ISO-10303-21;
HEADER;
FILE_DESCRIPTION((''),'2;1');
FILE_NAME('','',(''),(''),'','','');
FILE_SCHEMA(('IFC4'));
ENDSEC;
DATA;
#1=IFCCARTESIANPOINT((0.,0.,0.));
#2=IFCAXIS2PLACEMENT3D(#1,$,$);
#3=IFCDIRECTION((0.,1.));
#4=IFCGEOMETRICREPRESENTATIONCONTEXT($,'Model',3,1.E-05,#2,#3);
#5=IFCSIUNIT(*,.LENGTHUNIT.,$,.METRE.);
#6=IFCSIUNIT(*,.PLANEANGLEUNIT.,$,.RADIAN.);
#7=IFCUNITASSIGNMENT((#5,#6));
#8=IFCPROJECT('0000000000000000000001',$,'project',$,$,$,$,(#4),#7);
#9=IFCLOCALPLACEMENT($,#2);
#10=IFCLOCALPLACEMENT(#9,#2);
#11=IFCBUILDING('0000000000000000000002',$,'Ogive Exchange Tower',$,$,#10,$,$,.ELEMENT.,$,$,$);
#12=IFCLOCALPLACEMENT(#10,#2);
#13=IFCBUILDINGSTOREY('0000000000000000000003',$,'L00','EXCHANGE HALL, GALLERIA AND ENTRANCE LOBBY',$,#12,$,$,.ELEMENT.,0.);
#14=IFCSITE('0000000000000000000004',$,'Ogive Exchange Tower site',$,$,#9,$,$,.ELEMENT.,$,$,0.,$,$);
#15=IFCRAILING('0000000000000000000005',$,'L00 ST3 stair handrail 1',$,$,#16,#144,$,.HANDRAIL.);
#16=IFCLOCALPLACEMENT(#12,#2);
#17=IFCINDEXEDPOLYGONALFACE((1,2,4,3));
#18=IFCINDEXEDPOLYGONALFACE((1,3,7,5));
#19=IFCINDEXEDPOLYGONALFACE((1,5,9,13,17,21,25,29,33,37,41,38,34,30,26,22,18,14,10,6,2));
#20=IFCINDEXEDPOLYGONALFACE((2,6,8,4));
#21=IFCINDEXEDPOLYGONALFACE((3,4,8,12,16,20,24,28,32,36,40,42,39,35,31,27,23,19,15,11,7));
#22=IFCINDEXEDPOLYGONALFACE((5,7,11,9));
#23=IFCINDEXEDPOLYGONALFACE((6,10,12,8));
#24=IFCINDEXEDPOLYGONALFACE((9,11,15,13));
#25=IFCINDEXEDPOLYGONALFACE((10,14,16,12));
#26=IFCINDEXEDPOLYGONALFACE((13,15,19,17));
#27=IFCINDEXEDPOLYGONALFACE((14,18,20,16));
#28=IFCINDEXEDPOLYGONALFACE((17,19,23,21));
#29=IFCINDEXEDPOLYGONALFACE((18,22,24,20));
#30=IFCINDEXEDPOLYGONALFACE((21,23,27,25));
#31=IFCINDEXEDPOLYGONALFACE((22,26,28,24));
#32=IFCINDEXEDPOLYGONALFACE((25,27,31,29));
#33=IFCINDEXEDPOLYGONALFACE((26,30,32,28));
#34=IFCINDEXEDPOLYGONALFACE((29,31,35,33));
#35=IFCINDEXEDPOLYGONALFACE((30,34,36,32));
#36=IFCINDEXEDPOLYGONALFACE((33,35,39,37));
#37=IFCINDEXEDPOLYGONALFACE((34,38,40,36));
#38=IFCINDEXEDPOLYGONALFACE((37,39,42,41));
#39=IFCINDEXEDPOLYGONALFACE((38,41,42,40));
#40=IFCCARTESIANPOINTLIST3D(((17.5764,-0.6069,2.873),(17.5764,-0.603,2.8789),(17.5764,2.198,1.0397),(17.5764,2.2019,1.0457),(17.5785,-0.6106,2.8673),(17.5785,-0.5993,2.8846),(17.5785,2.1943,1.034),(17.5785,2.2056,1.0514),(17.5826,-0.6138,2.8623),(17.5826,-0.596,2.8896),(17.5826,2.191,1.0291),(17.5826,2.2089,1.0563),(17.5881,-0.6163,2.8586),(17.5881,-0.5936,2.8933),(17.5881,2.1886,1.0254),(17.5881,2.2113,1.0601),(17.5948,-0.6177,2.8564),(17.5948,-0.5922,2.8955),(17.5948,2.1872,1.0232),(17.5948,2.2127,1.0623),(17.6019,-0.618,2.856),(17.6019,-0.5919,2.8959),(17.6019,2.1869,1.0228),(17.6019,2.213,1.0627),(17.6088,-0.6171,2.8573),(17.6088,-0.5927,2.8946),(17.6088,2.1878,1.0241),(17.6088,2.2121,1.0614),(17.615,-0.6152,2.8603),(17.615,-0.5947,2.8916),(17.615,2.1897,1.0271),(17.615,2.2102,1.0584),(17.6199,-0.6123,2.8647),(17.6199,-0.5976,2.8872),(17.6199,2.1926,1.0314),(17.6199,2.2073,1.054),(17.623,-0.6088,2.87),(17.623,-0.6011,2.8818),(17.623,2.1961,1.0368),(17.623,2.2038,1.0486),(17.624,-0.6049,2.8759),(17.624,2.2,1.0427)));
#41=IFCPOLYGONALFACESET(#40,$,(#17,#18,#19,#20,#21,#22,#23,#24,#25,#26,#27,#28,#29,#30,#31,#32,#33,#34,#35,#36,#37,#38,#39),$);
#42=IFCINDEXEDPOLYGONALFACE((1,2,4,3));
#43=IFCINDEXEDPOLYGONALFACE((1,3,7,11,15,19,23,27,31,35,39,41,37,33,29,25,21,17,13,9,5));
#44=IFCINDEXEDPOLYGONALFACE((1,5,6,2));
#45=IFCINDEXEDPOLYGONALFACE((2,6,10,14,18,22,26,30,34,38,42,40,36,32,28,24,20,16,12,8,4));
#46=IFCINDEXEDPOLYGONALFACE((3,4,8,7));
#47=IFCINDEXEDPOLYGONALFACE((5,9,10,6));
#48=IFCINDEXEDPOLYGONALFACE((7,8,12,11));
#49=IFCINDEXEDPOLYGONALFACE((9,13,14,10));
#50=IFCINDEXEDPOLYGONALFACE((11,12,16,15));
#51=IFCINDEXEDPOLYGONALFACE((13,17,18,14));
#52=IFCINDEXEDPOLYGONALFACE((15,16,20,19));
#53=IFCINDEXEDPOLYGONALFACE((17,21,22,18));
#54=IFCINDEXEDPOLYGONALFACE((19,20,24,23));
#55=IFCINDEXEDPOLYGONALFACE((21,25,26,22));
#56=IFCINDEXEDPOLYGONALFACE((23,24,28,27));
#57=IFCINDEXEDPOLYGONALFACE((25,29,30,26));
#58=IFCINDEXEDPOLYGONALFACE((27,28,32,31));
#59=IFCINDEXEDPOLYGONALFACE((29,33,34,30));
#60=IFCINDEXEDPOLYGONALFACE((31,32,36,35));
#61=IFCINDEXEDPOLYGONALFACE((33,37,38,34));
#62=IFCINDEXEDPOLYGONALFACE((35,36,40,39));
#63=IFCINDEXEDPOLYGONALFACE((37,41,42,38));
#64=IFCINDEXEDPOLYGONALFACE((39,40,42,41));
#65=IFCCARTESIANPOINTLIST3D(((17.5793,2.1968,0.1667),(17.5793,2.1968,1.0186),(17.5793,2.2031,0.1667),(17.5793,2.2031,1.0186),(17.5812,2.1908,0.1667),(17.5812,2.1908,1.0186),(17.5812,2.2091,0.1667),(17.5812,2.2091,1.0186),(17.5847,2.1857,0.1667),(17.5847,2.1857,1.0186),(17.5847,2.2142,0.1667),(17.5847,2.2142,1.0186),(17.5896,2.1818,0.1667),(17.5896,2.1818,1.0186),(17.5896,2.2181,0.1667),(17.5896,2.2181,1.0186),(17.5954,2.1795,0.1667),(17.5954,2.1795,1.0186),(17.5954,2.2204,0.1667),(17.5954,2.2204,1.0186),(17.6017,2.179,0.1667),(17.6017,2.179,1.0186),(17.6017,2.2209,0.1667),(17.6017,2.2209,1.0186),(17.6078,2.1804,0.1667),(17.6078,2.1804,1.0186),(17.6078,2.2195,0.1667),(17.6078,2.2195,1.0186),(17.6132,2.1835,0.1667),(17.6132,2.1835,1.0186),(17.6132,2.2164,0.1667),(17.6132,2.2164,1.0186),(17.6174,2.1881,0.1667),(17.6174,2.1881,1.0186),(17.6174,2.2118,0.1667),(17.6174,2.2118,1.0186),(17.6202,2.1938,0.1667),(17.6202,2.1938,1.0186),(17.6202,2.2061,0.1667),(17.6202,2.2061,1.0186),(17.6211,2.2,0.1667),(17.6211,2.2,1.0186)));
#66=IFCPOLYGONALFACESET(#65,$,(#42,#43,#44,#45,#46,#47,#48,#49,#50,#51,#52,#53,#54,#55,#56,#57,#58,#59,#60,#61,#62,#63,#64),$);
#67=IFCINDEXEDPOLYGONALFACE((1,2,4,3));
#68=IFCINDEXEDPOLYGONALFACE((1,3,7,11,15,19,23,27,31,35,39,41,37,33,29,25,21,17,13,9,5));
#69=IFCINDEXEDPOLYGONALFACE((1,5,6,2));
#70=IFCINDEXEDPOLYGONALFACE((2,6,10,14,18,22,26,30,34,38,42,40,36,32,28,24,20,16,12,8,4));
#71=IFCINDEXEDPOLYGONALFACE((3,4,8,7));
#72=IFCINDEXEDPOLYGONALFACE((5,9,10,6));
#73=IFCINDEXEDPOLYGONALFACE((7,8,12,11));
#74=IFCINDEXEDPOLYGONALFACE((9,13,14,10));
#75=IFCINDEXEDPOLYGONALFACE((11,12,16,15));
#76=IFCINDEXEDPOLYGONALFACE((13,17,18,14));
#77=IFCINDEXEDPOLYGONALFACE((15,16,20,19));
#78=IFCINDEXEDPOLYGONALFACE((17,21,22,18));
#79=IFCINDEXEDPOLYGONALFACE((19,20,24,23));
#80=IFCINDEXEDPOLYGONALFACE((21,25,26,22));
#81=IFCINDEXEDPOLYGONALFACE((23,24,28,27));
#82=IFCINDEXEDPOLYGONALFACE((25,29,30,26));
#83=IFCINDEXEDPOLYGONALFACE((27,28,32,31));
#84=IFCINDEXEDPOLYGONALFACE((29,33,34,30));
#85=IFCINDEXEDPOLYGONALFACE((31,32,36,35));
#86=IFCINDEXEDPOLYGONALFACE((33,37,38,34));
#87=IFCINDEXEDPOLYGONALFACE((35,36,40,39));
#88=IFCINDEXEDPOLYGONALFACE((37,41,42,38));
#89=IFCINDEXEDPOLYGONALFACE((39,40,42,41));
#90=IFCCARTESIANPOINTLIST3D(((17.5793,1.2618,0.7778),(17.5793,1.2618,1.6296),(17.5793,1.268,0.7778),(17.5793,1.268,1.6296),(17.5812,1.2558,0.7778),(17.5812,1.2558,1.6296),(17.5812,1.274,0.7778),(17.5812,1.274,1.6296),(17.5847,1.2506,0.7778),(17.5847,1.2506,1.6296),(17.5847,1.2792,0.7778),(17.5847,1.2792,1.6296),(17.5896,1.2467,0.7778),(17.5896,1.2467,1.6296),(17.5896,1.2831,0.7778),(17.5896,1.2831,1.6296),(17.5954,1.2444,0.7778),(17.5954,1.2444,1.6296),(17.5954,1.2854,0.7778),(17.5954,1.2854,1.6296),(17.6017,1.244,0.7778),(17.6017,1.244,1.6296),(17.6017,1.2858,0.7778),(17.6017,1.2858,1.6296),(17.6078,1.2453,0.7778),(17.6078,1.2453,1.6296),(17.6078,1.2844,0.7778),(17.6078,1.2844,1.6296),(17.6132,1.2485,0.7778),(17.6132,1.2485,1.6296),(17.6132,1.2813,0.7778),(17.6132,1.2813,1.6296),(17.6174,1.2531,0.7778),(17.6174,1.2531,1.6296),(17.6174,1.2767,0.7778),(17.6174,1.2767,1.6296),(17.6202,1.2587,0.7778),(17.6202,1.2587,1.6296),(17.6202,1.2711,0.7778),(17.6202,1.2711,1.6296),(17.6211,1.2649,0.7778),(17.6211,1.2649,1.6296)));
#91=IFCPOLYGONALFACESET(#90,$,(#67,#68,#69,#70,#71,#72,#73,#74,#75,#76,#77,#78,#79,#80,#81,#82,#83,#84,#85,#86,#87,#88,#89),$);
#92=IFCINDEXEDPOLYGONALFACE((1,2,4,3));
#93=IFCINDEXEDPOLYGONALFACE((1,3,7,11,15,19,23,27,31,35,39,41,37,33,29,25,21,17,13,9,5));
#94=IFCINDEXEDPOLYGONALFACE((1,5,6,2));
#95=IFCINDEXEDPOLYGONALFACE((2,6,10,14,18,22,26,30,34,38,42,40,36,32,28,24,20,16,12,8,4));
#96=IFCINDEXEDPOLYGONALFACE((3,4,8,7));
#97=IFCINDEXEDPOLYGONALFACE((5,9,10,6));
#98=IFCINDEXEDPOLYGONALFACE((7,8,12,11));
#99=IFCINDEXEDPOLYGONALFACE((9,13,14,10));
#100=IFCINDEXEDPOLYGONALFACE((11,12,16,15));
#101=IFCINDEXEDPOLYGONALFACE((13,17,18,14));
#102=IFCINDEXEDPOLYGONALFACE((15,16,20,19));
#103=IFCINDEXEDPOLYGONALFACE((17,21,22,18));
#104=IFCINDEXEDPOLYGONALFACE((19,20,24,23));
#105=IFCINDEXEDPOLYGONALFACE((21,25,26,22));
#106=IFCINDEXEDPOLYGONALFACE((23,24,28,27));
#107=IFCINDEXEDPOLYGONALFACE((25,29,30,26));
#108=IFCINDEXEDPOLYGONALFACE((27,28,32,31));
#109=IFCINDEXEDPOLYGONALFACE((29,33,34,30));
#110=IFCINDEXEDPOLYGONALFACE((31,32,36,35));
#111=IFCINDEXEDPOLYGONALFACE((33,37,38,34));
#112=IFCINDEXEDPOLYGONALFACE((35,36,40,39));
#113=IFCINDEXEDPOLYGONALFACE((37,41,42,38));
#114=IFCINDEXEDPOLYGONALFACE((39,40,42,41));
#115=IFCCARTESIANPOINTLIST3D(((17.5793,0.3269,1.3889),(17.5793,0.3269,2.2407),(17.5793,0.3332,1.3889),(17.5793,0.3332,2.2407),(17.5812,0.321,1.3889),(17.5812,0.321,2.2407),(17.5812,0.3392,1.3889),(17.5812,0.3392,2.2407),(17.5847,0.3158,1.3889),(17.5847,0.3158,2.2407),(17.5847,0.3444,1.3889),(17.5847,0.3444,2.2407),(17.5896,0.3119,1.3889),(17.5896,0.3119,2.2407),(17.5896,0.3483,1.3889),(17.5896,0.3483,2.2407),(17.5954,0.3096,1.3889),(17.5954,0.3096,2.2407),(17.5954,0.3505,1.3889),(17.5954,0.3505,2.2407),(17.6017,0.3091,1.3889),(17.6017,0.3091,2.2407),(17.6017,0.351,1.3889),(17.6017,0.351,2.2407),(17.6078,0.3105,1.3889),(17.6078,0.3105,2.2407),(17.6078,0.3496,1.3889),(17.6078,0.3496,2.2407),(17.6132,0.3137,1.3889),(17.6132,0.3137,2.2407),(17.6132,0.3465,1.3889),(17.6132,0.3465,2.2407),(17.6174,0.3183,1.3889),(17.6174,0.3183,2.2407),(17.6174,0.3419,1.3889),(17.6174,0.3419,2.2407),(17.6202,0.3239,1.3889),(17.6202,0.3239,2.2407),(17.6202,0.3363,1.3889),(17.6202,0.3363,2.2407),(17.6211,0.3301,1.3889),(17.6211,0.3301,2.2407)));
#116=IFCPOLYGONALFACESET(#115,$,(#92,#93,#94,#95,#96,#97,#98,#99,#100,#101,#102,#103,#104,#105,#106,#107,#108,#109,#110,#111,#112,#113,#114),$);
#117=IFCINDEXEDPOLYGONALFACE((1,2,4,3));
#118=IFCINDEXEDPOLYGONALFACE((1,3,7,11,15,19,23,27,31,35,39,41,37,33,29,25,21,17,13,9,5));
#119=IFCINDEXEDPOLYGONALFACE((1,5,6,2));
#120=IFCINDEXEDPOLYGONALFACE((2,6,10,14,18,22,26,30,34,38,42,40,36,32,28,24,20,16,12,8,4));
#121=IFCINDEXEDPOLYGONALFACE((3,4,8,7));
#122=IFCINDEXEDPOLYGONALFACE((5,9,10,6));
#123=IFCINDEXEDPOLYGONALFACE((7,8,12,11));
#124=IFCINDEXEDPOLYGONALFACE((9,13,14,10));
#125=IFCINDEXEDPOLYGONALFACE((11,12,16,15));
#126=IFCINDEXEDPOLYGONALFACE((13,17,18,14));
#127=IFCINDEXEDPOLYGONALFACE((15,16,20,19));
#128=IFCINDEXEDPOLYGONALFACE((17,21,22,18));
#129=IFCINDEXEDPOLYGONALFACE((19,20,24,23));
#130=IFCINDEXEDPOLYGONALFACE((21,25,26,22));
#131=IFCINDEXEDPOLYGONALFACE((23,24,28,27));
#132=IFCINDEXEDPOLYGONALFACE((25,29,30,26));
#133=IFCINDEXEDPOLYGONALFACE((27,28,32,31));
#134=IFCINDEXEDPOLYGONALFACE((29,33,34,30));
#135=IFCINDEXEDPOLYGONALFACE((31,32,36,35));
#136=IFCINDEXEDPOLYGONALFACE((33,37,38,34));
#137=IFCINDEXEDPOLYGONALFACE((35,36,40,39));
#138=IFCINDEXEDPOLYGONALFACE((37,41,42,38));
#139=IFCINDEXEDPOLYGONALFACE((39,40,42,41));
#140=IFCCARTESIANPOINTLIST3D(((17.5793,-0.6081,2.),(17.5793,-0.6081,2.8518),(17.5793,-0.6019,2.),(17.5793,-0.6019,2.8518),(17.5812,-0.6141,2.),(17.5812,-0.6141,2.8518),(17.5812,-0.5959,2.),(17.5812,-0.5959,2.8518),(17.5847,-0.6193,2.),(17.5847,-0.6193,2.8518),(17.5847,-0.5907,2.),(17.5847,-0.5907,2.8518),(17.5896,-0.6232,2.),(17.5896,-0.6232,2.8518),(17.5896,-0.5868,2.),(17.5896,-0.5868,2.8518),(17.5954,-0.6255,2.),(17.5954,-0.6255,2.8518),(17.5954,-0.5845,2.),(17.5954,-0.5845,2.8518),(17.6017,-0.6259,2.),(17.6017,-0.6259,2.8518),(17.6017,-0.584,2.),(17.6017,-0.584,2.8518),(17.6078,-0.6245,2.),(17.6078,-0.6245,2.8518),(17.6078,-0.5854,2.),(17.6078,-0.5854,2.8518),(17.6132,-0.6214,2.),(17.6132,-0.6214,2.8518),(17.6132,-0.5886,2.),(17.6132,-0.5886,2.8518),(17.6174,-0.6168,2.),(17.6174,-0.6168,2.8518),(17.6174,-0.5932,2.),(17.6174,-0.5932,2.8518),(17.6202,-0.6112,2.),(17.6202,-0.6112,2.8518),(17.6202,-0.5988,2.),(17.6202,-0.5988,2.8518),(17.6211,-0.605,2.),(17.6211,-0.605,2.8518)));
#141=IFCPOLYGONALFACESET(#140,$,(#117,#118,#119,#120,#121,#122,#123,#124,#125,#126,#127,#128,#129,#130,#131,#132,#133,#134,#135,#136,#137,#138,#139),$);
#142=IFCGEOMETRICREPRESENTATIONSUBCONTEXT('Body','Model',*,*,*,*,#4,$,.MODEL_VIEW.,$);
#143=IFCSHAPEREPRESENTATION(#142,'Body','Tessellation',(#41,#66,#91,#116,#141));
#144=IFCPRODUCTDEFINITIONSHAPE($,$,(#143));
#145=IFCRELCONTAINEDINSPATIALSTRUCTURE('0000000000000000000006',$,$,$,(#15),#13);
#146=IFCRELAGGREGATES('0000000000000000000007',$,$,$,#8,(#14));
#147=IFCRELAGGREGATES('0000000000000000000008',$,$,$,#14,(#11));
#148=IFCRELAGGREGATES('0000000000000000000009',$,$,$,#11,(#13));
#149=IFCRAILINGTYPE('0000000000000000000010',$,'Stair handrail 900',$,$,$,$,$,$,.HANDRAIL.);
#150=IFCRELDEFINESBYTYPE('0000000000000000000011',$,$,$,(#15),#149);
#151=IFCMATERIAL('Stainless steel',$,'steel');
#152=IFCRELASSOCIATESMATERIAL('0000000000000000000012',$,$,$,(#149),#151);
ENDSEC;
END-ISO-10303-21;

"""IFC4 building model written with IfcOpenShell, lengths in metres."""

from ifc_helpers import new_model, si_unit, direction, frame, origin, origin_2d, place, context, subcontext, project, spatial, circle, extrude, material, type_object, element, save


model = new_model("IFC4")

# Units and contexts
model_context = context("Model", 3, precision=1e-05, world=origin(), true_north=direction((0.0, 1.0)))
body_context = subcontext(model_context, "Body", "Model", "MODEL_VIEW")
ifc_project = project(units=[si_unit("LENGTHUNIT", "METRE"), si_unit("PLANEANGLEUNIT", "RADIAN")], contexts=[model_context])

# Site, building, storey
site_placement = place(None, origin())
site = spatial("IfcSite", under=ifc_project, at=site_placement, Name="Ogive Exchange Tower site", CompositionType="ELEMENT", RefElevation=0.0)
building_placement = place(site_placement, origin())
building = spatial("IfcBuilding", under=site, at=building_placement, Name="Ogive Exchange Tower", CompositionType="ELEMENT")
storey_placement = place(building_placement, origin())
storey = spatial("IfcBuildingStorey", under=building, at=storey_placement, Name="L00", Description="EXCHANGE HALL, GALLERIA AND ENTRANCE LOBBY", CompositionType="ELEMENT", Elevation=0.0)

# Railing
ifc_material_1 = material(Name="Stainless steel", Category="steel")
railing_type = type_object("IfcRailingType", Name="Stair handrail 900", PredefinedType="HANDRAIL", material=ifc_material_1)
for number, where, name in (
    (1, (17.6001, 2.2, 0.1667), "L00 ST3 stair handrail 1"),
):
    element("IfcRailing", number, at=place(storey_placement, frame(where)), inside=storey, type_object=railing_type, Name=name, PredefinedType="HANDRAIL", context=body_context, shape_type="SweptSolid", body=[
        extrude(circle(Radius=0.0239, at=origin_2d()), frame((0.0, 0.0, 0.876), z_axis=(0.0, -0.837071, 0.547094), x_axis=(1.0, 0.0, 0.0)), (0.0, 0.0, 1.0), 3.3508),
        extrude(circle(Radius=0.021, at=origin_2d()), origin(), (0.0, 0.0, 1.0), 0.8518),
        extrude(circle(Radius=0.021, at=origin_2d()), frame((0.0, -0.9351, 0.6111)), (0.0, 0.0, 1.0), 0.8518),
        extrude(circle(Radius=0.021, at=origin_2d()), frame((0.0, -1.8699, 1.2222)), (0.0, 0.0, 1.0), 0.8518),
        extrude(circle(Radius=0.021, at=origin_2d()), frame((0.0, -2.8049, 1.8333)), (0.0, 0.0, 1.0), 0.8518),
    ])

save(model, "model.ifc")
